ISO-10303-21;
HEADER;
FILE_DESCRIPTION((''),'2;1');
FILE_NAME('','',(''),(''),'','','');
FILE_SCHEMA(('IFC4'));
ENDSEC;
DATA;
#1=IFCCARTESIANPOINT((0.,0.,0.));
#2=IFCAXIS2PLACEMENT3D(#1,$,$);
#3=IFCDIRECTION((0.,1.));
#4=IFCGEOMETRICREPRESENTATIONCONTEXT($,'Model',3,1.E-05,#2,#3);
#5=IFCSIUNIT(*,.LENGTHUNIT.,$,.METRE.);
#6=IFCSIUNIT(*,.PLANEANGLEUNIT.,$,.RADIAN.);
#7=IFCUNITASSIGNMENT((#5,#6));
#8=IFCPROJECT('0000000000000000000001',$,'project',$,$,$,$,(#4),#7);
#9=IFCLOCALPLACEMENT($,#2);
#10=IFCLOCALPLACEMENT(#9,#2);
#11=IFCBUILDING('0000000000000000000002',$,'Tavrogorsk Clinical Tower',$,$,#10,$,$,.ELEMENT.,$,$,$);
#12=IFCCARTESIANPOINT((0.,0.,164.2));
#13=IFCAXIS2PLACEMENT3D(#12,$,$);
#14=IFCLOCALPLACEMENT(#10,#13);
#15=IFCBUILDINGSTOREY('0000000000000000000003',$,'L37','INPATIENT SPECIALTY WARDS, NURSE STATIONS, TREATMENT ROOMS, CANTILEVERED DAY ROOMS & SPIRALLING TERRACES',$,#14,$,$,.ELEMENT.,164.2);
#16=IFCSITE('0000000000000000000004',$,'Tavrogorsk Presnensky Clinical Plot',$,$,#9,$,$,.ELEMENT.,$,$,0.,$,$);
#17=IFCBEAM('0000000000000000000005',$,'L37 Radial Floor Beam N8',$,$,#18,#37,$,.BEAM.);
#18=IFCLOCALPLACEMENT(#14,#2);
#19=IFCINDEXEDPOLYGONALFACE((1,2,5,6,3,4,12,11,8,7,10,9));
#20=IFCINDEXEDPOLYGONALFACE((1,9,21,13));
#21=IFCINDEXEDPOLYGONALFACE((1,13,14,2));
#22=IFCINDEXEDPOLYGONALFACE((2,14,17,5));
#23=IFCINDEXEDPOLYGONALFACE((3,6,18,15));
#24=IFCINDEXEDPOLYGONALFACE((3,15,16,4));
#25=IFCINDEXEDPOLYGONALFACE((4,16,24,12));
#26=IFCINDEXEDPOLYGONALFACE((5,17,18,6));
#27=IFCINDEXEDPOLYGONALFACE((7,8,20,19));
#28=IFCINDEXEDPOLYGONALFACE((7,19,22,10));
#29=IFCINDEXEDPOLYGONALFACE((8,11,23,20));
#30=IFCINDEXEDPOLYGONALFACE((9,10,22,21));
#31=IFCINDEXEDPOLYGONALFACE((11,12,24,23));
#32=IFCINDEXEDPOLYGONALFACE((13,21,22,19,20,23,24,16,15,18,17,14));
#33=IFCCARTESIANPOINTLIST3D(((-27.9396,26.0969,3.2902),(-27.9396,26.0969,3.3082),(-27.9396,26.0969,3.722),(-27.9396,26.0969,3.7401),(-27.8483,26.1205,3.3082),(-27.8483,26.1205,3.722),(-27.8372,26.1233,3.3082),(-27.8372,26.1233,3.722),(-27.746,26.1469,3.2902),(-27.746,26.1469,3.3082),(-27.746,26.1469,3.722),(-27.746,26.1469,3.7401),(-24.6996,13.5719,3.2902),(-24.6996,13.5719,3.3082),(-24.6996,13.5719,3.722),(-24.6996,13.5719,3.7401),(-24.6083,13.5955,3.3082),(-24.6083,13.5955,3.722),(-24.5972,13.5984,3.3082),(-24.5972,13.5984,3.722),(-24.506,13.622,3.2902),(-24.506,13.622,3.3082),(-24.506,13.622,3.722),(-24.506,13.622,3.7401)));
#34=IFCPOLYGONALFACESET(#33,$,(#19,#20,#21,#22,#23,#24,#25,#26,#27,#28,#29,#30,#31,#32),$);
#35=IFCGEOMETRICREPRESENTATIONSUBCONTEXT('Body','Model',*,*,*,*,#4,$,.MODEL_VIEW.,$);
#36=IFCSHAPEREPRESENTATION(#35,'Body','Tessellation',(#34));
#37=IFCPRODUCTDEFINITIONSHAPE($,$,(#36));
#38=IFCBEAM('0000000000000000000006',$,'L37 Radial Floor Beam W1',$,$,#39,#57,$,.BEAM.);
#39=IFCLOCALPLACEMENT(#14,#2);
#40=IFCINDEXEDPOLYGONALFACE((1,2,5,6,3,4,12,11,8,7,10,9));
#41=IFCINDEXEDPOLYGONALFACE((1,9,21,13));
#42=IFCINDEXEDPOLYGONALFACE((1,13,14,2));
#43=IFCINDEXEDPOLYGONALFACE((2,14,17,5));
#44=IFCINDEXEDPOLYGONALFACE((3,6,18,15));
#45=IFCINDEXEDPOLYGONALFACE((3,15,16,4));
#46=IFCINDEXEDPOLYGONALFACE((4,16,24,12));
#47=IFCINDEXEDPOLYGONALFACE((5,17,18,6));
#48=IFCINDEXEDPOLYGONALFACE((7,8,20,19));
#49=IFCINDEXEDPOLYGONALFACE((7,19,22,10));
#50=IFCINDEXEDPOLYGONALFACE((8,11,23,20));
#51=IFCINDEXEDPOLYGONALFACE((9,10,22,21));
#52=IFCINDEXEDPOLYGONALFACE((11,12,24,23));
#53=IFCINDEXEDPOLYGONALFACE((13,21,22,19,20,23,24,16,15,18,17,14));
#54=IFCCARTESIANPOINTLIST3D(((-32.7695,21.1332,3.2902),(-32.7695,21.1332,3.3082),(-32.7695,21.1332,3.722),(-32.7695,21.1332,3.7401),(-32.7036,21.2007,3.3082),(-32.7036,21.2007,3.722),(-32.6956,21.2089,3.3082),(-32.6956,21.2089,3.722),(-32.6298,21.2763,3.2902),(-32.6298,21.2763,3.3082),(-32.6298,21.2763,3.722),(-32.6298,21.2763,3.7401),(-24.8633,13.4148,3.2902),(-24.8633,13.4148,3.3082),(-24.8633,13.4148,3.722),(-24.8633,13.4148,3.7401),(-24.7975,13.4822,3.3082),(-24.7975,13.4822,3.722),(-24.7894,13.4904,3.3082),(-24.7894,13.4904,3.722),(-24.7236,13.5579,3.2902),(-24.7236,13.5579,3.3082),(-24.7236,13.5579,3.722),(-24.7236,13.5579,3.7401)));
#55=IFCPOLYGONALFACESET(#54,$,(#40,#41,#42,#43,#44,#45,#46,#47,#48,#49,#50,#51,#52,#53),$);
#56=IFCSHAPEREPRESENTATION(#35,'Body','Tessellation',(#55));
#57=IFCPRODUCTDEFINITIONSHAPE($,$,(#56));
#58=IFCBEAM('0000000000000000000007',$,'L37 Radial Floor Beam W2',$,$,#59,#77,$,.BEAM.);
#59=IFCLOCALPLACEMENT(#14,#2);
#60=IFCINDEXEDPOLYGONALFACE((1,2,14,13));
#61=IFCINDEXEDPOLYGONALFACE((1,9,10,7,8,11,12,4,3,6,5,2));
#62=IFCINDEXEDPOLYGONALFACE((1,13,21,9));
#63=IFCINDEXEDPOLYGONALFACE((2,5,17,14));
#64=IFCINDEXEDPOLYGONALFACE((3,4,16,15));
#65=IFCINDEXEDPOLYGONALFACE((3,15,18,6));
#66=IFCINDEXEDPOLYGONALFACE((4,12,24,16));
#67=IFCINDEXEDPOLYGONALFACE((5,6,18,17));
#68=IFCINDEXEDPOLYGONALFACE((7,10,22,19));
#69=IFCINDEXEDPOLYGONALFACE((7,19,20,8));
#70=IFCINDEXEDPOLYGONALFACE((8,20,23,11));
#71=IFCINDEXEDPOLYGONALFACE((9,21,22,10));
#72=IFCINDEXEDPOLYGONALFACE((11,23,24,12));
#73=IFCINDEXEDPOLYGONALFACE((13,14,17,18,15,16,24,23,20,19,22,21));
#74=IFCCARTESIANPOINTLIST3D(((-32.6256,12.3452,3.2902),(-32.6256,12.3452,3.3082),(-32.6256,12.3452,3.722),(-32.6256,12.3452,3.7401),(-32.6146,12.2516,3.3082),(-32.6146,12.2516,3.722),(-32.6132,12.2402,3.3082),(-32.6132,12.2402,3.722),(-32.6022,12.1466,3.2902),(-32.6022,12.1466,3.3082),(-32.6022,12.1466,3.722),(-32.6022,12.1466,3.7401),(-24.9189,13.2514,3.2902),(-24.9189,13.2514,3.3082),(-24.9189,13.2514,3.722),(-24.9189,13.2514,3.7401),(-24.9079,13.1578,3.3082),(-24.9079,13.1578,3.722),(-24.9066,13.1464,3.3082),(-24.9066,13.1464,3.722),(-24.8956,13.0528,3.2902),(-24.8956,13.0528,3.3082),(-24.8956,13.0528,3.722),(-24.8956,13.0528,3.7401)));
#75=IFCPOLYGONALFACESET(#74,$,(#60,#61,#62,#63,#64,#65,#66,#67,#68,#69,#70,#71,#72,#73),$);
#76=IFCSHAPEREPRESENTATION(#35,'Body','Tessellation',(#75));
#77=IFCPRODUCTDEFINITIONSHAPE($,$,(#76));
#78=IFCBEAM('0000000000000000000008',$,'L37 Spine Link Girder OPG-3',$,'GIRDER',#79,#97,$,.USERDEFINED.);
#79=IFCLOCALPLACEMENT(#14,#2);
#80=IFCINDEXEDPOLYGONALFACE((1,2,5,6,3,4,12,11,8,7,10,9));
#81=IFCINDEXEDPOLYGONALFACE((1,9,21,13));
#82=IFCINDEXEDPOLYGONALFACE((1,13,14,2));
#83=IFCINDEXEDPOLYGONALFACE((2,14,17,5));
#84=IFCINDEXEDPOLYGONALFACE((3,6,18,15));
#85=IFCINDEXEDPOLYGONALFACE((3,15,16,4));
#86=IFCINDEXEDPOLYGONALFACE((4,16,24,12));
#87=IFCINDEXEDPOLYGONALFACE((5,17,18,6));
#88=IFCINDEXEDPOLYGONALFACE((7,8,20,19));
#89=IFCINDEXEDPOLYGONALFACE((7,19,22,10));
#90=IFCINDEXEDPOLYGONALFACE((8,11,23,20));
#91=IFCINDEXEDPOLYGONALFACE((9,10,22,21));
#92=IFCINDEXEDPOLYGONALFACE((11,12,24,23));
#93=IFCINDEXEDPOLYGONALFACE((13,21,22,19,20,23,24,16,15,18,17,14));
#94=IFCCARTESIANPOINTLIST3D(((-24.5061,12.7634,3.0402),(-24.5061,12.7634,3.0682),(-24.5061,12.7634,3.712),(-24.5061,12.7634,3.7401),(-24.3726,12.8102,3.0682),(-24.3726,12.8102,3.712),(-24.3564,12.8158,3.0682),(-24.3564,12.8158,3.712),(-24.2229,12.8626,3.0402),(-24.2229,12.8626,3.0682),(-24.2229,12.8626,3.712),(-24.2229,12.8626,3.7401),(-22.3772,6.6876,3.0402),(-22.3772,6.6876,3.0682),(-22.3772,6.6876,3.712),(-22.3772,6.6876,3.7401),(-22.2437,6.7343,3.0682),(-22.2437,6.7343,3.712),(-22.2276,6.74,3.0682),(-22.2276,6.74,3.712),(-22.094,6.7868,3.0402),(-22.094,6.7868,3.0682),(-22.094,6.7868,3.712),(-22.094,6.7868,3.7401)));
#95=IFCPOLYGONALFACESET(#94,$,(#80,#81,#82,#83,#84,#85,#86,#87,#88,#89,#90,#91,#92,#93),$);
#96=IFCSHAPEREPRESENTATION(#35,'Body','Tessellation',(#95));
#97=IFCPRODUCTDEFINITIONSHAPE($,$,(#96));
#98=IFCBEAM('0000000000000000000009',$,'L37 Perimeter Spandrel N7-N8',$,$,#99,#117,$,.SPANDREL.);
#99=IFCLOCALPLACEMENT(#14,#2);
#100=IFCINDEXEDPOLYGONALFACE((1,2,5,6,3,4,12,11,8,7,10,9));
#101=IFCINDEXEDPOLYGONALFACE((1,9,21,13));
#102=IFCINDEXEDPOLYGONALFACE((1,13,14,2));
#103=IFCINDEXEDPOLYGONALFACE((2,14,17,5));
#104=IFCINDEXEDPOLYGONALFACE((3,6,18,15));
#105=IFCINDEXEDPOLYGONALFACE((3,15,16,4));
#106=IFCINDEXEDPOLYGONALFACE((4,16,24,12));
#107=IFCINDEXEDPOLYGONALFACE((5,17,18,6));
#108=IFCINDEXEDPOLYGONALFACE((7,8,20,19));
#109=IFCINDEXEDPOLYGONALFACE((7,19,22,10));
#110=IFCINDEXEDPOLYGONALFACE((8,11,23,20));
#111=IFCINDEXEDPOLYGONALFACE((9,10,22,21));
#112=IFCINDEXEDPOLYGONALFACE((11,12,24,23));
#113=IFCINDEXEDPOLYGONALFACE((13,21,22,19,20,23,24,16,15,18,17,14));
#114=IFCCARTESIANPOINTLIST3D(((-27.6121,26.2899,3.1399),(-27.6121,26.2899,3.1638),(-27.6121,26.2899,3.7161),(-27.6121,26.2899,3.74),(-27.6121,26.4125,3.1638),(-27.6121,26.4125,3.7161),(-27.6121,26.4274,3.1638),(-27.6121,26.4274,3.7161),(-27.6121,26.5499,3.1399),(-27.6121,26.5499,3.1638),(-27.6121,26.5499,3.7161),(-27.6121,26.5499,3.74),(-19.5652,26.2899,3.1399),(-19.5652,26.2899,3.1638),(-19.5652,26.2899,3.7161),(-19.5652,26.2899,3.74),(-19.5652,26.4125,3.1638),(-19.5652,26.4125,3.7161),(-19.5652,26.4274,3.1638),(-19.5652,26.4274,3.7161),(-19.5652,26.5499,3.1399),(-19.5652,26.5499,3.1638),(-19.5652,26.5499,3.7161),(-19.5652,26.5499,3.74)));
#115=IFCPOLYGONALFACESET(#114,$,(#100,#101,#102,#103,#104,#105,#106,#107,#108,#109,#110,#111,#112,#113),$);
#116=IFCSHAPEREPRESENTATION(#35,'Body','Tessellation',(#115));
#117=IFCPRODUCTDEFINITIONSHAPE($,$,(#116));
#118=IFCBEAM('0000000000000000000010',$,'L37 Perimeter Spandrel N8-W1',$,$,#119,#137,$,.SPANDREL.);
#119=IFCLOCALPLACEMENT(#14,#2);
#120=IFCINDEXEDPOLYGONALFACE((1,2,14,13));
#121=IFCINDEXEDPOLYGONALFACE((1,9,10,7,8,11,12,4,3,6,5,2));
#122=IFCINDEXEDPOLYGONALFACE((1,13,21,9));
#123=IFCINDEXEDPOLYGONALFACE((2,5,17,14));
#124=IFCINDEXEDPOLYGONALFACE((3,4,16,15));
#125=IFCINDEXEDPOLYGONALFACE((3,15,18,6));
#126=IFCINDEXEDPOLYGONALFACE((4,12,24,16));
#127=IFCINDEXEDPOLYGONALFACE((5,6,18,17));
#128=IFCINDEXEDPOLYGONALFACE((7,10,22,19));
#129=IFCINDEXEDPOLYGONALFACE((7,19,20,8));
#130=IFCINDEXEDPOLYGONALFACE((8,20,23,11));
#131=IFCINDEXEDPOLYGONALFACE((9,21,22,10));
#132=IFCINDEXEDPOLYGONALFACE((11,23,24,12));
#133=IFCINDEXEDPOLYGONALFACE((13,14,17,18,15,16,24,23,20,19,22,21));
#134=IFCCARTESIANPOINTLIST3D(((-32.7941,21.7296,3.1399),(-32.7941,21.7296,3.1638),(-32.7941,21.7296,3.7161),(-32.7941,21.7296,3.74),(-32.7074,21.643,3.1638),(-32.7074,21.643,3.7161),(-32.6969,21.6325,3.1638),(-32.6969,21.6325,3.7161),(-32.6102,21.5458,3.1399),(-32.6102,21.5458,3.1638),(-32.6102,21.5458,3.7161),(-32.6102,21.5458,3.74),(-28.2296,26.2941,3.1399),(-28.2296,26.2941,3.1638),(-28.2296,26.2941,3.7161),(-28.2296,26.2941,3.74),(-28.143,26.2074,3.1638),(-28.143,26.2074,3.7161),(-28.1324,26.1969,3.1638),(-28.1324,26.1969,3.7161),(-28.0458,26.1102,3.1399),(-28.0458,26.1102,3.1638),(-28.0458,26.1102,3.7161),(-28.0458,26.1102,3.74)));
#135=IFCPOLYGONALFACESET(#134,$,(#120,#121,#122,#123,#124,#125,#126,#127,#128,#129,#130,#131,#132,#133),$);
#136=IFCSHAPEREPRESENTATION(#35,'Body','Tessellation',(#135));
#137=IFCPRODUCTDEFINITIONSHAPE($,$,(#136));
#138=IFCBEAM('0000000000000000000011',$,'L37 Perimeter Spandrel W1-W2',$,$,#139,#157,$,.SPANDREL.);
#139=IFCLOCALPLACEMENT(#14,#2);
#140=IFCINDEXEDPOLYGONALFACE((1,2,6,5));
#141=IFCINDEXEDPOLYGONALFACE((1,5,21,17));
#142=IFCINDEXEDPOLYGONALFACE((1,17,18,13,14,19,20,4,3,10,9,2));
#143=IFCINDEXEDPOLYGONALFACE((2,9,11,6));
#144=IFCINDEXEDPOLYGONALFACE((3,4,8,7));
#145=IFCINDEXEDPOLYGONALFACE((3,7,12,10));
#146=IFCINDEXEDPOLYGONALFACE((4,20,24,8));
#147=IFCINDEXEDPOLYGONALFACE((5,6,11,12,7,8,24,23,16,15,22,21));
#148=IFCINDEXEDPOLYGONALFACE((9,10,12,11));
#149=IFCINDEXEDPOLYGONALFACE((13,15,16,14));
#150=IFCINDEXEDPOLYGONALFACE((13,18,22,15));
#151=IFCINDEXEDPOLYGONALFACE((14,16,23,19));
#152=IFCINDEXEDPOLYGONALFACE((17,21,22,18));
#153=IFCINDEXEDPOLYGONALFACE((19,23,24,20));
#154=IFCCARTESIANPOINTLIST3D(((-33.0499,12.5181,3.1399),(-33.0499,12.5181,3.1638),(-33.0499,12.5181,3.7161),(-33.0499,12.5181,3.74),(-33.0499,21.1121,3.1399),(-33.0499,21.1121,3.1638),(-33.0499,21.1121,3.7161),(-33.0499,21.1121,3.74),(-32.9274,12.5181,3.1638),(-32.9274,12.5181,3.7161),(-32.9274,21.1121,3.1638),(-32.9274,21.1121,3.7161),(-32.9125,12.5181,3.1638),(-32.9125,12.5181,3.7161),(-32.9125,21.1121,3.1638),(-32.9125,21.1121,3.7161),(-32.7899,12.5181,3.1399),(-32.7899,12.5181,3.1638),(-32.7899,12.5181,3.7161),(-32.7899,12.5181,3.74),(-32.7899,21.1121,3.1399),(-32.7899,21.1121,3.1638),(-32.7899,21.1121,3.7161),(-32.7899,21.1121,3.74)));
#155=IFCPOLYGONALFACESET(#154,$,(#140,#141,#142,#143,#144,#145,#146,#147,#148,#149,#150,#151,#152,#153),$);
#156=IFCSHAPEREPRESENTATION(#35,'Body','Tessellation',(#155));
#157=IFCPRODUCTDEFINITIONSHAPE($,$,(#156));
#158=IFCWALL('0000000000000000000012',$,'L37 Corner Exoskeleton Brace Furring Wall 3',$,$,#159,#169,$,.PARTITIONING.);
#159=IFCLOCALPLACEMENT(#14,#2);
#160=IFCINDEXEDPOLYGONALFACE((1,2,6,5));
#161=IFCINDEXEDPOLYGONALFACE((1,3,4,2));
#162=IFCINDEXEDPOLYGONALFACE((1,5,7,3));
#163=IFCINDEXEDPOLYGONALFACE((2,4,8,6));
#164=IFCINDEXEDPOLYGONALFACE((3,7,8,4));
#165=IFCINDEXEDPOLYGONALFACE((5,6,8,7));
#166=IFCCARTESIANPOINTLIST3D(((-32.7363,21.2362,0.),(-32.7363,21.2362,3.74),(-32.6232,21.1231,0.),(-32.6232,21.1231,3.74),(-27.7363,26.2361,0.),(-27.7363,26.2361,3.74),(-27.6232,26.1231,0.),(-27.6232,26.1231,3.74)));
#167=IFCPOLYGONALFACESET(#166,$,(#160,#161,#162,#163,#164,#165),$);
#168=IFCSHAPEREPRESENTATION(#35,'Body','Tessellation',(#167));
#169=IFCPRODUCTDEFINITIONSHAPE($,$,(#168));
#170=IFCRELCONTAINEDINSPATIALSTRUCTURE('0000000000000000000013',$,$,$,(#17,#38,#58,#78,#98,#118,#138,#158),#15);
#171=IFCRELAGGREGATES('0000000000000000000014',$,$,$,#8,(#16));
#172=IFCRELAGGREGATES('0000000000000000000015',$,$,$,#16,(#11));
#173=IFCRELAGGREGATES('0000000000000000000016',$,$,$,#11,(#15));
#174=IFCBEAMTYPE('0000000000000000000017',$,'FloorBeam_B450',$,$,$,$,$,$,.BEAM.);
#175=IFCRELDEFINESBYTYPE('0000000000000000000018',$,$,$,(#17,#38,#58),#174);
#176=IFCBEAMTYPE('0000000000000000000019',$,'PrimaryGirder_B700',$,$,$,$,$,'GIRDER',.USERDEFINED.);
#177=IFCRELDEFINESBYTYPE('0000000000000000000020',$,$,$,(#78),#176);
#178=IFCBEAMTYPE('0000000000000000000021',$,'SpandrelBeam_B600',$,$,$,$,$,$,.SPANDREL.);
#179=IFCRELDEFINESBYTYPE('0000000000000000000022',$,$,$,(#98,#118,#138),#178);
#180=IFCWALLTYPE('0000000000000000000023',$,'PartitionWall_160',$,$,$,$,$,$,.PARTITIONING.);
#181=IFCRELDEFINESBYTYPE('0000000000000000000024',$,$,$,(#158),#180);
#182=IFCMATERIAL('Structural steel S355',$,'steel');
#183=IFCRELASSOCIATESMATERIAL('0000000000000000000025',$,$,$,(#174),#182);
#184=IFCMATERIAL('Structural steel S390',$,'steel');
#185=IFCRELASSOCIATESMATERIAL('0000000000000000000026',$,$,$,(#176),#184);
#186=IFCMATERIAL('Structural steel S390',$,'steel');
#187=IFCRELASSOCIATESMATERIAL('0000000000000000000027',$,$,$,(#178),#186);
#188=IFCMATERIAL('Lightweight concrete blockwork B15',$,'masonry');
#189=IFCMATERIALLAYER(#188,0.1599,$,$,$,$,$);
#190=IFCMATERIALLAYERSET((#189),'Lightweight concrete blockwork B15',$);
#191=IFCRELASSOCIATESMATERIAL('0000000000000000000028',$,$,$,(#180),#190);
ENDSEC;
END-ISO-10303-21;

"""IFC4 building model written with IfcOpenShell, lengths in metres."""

from ifc_helpers import new_model, si_unit, direction, frame, frame_2d, origin, origin_2d, place, context, subcontext, project, spatial, rectangle, i_section, extrude, material, layer, layer_set, material_profile, profile_set, type_object, element, save


model = new_model("IFC4")

# Units and contexts
model_context = context("Model", 3, precision=1e-05, world=origin(), true_north=direction((0.0, 1.0)))
body_context = subcontext(model_context, "Body", "Model", "MODEL_VIEW")
ifc_project = project(units=[si_unit("LENGTHUNIT", "METRE"), si_unit("PLANEANGLEUNIT", "RADIAN")], contexts=[model_context])

# Site, building, storey
site_placement = place(None, origin())
site = spatial("IfcSite", under=ifc_project, at=site_placement, Name="Tavrogorsk Presnensky Clinical Plot", CompositionType="ELEMENT", RefElevation=0.0)
building_placement = place(site_placement, origin())
building = spatial("IfcBuilding", under=site, at=building_placement, Name="Tavrogorsk Clinical Tower", CompositionType="ELEMENT")
storey_placement = place(building_placement, frame((0.0, 0.0, 164.2)))
storey = spatial("IfcBuildingStorey", under=building, at=storey_placement, Name="L37", Description="INPATIENT SPECIALTY WARDS, NURSE STATIONS, TREATMENT ROOMS, CANTILEVERED DAY ROOMS & SPIRALLING TERRACES", CompositionType="ELEMENT", Elevation=164.2)

# Beams
ifc_material_1 = material(Name="Structural steel S355", Category="steel")
ifc_material_profile_1 = material_profile(ifc_material_1, i_section(OverallWidth=0.2, OverallDepth=0.45, WebThickness=0.0115, FlangeThickness=0.0181, at=origin_2d()), Name="B-450x200x11.5x18")
ifc_profile_set_1 = profile_set([ifc_material_profile_1], Name="Structural steel S355")
beam_type_1 = type_object("IfcBeamType", Name="FloorBeam_B450", PredefinedType="BEAM", material=ifc_profile_set_1)
beam_1_placement = place(storey_placement, frame((-24.6028, 13.5969, 3.5151), z_axis=(-0.25044, 0.968132, 0.0), x_axis=(-0.968132, -0.25044, 0.0)))
element("IfcBeam", 1, at=beam_1_placement, inside=storey, type_object=beam_type_1, Name="L37 Radial Floor Beam N8", PredefinedType="BEAM", context=body_context, shape_type="SweptSolid", body=[
    extrude(i_section(OverallWidth=0.2, OverallDepth=0.45, WebThickness=0.0115, FlangeThickness=0.0181, at=origin_2d()), origin(), (0.0, 0.0, 1.0), 12.9373),
])
beam_2_placement = place(storey_placement, frame((-24.7935, 13.4863, 3.5151), z_axis=(-0.715552, 0.69856, 0.0), x_axis=(-0.69856, -0.715552, 0.0)))
element("IfcBeam", 2, at=beam_2_placement, inside=storey, type_object=beam_type_1, Name="L37 Radial Floor Beam W1", PredefinedType="BEAM", context=body_context, shape_type="SweptSolid", body=[
    extrude(i_section(OverallWidth=0.2, OverallDepth=0.45, WebThickness=0.0115, FlangeThickness=0.0181, at=origin_2d()), origin(), (0.0, 0.0, 1.0), 11.0491),
])
beam_3_placement = place(storey_placement, frame((-24.9072, 13.1521, 3.5151), z_axis=(-0.993157, -0.116786, 0.0), x_axis=(0.116786, -0.993157, 0.0)))
element("IfcBeam", 3, at=beam_3_placement, inside=storey, type_object=beam_type_1, Name="L37 Radial Floor Beam W2", PredefinedType="BEAM", context=body_context, shape_type="SweptSolid", body=[
    extrude(i_section(OverallWidth=0.2, OverallDepth=0.45, WebThickness=0.0115, FlangeThickness=0.0181, at=origin_2d()), origin(), (0.0, 0.0, 1.0), 7.7598),
])
ifc_material_2 = material(Name="Structural steel S390", Category="steel")
ifc_material_profile_2 = material_profile(ifc_material_2, i_section(OverallWidth=0.3, OverallDepth=0.7, WebThickness=0.0171, FlangeThickness=0.0281, at=origin_2d()), Name="B-700x300x17x28")
ifc_profile_set_2 = profile_set([ifc_material_profile_2], Name="Structural steel S390")
beam_type_2 = type_object("IfcBeamType", Name="PrimaryGirder_B700", ElementType="GIRDER", PredefinedType="USERDEFINED", material=ifc_profile_set_2)
beam_4_placement = place(storey_placement, frame((-24.3645, 12.813, 3.3901), z_axis=(0.330673, -0.943745, 0.0), x_axis=(0.943745, 0.330673, 0.0)))
element("IfcBeam", 4, at=beam_4_placement, inside=storey, type_object=beam_type_2, Name="L37 Spine Link Girder OPG-3", ObjectType="GIRDER", PredefinedType="USERDEFINED", context=body_context, shape_type="SweptSolid", body=[
    extrude(i_section(OverallWidth=0.3, OverallDepth=0.7, WebThickness=0.0171, FlangeThickness=0.0281, at=origin_2d()), origin(), (0.0, 0.0, 1.0), 6.438),
])
ifc_material_3 = material(Name="Structural steel S390", Category="steel")
ifc_material_profile_3 = material_profile(ifc_material_3, i_section(OverallWidth=0.26, OverallDepth=0.6001, WebThickness=0.0149, FlangeThickness=0.0239, at=origin_2d()), Name="B-600x260x15x24")
ifc_profile_set_3 = profile_set([ifc_material_profile_3], Name="Structural steel S390")
beam_type_3 = type_object("IfcBeamType", Name="SpandrelBeam_B600", PredefinedType="SPANDREL", material=ifc_profile_set_3)
beam_5_placement = place(storey_placement, frame((-19.5652, 26.4199, 3.4399), z_axis=(-1.0, 0.0, 0.0), x_axis=(0.0, -1.0, 0.0)))
element("IfcBeam", 5, at=beam_5_placement, inside=storey, type_object=beam_type_3, Name="L37 Perimeter Spandrel N7-N8", PredefinedType="SPANDREL", context=body_context, shape_type="SweptSolid", body=[
    extrude(i_section(OverallWidth=0.26, OverallDepth=0.6001, WebThickness=0.0149, FlangeThickness=0.0239, at=origin_2d()), origin(), (0.0, 0.0, 1.0), 8.0469),
])
beam_6_placement = place(storey_placement, frame((-28.1377, 26.2021, 3.4399), z_axis=(-0.707107, -0.707107, 0.0), x_axis=(0.707107, -0.707107, 0.0)))
element("IfcBeam", 6, at=beam_6_placement, inside=storey, type_object=beam_type_3, Name="L37 Perimeter Spandrel N8-W1", PredefinedType="SPANDREL", context=body_context, shape_type="SweptSolid", body=[
    extrude(i_section(OverallWidth=0.26, OverallDepth=0.6001, WebThickness=0.0149, FlangeThickness=0.0239, at=origin_2d()), origin(), (0.0, 0.0, 1.0), 6.4551),
])
beam_7_placement = place(storey_placement, frame((-32.9199, 21.1121, 3.4399), z_axis=(0.0, -1.0, 0.0), x_axis=(1.0, 0.0, 0.0)))
element("IfcBeam", 7, at=beam_7_placement, inside=storey, type_object=beam_type_3, Name="L37 Perimeter Spandrel W1-W2", PredefinedType="SPANDREL", context=body_context, shape_type="SweptSolid", body=[
    extrude(i_section(OverallWidth=0.26, OverallDepth=0.6001, WebThickness=0.0149, FlangeThickness=0.0239, at=origin_2d()), origin(), (0.0, 0.0, 1.0), 8.594),
])

# Wall
ifc_material_4 = material(Name="Lightweight concrete blockwork B15", Category="masonry")
ifc_layer_1 = layer(ifc_material_4, 0.1599)
ifc_layer_set_1 = layer_set([ifc_layer_1], Name="Lightweight concrete blockwork B15")
wall_type_1 = type_object("IfcWallType", Name="PartitionWall_160", PredefinedType="PARTITIONING", material=ifc_layer_set_1)
wall_1_placement = place(storey_placement, frame((-27.6797, 26.1797, 0.0), z_axis=(0.0, 0.0, 1.0), x_axis=(-0.707107, -0.707107, 0.0)))
element("IfcWall", 8, at=wall_1_placement, inside=storey, type_object=wall_type_1, Name="L37 Corner Exoskeleton Brace Furring Wall 3", PredefinedType="PARTITIONING", context=body_context, shape_type="SweptSolid", body=[
    extrude(rectangle(XDim=7.071, YDim=0.1599, at=frame_2d((3.5356, 0.0))), origin(), (0.0, 0.0, 1.0), 3.74),
])

save(model, "model.ifc")
